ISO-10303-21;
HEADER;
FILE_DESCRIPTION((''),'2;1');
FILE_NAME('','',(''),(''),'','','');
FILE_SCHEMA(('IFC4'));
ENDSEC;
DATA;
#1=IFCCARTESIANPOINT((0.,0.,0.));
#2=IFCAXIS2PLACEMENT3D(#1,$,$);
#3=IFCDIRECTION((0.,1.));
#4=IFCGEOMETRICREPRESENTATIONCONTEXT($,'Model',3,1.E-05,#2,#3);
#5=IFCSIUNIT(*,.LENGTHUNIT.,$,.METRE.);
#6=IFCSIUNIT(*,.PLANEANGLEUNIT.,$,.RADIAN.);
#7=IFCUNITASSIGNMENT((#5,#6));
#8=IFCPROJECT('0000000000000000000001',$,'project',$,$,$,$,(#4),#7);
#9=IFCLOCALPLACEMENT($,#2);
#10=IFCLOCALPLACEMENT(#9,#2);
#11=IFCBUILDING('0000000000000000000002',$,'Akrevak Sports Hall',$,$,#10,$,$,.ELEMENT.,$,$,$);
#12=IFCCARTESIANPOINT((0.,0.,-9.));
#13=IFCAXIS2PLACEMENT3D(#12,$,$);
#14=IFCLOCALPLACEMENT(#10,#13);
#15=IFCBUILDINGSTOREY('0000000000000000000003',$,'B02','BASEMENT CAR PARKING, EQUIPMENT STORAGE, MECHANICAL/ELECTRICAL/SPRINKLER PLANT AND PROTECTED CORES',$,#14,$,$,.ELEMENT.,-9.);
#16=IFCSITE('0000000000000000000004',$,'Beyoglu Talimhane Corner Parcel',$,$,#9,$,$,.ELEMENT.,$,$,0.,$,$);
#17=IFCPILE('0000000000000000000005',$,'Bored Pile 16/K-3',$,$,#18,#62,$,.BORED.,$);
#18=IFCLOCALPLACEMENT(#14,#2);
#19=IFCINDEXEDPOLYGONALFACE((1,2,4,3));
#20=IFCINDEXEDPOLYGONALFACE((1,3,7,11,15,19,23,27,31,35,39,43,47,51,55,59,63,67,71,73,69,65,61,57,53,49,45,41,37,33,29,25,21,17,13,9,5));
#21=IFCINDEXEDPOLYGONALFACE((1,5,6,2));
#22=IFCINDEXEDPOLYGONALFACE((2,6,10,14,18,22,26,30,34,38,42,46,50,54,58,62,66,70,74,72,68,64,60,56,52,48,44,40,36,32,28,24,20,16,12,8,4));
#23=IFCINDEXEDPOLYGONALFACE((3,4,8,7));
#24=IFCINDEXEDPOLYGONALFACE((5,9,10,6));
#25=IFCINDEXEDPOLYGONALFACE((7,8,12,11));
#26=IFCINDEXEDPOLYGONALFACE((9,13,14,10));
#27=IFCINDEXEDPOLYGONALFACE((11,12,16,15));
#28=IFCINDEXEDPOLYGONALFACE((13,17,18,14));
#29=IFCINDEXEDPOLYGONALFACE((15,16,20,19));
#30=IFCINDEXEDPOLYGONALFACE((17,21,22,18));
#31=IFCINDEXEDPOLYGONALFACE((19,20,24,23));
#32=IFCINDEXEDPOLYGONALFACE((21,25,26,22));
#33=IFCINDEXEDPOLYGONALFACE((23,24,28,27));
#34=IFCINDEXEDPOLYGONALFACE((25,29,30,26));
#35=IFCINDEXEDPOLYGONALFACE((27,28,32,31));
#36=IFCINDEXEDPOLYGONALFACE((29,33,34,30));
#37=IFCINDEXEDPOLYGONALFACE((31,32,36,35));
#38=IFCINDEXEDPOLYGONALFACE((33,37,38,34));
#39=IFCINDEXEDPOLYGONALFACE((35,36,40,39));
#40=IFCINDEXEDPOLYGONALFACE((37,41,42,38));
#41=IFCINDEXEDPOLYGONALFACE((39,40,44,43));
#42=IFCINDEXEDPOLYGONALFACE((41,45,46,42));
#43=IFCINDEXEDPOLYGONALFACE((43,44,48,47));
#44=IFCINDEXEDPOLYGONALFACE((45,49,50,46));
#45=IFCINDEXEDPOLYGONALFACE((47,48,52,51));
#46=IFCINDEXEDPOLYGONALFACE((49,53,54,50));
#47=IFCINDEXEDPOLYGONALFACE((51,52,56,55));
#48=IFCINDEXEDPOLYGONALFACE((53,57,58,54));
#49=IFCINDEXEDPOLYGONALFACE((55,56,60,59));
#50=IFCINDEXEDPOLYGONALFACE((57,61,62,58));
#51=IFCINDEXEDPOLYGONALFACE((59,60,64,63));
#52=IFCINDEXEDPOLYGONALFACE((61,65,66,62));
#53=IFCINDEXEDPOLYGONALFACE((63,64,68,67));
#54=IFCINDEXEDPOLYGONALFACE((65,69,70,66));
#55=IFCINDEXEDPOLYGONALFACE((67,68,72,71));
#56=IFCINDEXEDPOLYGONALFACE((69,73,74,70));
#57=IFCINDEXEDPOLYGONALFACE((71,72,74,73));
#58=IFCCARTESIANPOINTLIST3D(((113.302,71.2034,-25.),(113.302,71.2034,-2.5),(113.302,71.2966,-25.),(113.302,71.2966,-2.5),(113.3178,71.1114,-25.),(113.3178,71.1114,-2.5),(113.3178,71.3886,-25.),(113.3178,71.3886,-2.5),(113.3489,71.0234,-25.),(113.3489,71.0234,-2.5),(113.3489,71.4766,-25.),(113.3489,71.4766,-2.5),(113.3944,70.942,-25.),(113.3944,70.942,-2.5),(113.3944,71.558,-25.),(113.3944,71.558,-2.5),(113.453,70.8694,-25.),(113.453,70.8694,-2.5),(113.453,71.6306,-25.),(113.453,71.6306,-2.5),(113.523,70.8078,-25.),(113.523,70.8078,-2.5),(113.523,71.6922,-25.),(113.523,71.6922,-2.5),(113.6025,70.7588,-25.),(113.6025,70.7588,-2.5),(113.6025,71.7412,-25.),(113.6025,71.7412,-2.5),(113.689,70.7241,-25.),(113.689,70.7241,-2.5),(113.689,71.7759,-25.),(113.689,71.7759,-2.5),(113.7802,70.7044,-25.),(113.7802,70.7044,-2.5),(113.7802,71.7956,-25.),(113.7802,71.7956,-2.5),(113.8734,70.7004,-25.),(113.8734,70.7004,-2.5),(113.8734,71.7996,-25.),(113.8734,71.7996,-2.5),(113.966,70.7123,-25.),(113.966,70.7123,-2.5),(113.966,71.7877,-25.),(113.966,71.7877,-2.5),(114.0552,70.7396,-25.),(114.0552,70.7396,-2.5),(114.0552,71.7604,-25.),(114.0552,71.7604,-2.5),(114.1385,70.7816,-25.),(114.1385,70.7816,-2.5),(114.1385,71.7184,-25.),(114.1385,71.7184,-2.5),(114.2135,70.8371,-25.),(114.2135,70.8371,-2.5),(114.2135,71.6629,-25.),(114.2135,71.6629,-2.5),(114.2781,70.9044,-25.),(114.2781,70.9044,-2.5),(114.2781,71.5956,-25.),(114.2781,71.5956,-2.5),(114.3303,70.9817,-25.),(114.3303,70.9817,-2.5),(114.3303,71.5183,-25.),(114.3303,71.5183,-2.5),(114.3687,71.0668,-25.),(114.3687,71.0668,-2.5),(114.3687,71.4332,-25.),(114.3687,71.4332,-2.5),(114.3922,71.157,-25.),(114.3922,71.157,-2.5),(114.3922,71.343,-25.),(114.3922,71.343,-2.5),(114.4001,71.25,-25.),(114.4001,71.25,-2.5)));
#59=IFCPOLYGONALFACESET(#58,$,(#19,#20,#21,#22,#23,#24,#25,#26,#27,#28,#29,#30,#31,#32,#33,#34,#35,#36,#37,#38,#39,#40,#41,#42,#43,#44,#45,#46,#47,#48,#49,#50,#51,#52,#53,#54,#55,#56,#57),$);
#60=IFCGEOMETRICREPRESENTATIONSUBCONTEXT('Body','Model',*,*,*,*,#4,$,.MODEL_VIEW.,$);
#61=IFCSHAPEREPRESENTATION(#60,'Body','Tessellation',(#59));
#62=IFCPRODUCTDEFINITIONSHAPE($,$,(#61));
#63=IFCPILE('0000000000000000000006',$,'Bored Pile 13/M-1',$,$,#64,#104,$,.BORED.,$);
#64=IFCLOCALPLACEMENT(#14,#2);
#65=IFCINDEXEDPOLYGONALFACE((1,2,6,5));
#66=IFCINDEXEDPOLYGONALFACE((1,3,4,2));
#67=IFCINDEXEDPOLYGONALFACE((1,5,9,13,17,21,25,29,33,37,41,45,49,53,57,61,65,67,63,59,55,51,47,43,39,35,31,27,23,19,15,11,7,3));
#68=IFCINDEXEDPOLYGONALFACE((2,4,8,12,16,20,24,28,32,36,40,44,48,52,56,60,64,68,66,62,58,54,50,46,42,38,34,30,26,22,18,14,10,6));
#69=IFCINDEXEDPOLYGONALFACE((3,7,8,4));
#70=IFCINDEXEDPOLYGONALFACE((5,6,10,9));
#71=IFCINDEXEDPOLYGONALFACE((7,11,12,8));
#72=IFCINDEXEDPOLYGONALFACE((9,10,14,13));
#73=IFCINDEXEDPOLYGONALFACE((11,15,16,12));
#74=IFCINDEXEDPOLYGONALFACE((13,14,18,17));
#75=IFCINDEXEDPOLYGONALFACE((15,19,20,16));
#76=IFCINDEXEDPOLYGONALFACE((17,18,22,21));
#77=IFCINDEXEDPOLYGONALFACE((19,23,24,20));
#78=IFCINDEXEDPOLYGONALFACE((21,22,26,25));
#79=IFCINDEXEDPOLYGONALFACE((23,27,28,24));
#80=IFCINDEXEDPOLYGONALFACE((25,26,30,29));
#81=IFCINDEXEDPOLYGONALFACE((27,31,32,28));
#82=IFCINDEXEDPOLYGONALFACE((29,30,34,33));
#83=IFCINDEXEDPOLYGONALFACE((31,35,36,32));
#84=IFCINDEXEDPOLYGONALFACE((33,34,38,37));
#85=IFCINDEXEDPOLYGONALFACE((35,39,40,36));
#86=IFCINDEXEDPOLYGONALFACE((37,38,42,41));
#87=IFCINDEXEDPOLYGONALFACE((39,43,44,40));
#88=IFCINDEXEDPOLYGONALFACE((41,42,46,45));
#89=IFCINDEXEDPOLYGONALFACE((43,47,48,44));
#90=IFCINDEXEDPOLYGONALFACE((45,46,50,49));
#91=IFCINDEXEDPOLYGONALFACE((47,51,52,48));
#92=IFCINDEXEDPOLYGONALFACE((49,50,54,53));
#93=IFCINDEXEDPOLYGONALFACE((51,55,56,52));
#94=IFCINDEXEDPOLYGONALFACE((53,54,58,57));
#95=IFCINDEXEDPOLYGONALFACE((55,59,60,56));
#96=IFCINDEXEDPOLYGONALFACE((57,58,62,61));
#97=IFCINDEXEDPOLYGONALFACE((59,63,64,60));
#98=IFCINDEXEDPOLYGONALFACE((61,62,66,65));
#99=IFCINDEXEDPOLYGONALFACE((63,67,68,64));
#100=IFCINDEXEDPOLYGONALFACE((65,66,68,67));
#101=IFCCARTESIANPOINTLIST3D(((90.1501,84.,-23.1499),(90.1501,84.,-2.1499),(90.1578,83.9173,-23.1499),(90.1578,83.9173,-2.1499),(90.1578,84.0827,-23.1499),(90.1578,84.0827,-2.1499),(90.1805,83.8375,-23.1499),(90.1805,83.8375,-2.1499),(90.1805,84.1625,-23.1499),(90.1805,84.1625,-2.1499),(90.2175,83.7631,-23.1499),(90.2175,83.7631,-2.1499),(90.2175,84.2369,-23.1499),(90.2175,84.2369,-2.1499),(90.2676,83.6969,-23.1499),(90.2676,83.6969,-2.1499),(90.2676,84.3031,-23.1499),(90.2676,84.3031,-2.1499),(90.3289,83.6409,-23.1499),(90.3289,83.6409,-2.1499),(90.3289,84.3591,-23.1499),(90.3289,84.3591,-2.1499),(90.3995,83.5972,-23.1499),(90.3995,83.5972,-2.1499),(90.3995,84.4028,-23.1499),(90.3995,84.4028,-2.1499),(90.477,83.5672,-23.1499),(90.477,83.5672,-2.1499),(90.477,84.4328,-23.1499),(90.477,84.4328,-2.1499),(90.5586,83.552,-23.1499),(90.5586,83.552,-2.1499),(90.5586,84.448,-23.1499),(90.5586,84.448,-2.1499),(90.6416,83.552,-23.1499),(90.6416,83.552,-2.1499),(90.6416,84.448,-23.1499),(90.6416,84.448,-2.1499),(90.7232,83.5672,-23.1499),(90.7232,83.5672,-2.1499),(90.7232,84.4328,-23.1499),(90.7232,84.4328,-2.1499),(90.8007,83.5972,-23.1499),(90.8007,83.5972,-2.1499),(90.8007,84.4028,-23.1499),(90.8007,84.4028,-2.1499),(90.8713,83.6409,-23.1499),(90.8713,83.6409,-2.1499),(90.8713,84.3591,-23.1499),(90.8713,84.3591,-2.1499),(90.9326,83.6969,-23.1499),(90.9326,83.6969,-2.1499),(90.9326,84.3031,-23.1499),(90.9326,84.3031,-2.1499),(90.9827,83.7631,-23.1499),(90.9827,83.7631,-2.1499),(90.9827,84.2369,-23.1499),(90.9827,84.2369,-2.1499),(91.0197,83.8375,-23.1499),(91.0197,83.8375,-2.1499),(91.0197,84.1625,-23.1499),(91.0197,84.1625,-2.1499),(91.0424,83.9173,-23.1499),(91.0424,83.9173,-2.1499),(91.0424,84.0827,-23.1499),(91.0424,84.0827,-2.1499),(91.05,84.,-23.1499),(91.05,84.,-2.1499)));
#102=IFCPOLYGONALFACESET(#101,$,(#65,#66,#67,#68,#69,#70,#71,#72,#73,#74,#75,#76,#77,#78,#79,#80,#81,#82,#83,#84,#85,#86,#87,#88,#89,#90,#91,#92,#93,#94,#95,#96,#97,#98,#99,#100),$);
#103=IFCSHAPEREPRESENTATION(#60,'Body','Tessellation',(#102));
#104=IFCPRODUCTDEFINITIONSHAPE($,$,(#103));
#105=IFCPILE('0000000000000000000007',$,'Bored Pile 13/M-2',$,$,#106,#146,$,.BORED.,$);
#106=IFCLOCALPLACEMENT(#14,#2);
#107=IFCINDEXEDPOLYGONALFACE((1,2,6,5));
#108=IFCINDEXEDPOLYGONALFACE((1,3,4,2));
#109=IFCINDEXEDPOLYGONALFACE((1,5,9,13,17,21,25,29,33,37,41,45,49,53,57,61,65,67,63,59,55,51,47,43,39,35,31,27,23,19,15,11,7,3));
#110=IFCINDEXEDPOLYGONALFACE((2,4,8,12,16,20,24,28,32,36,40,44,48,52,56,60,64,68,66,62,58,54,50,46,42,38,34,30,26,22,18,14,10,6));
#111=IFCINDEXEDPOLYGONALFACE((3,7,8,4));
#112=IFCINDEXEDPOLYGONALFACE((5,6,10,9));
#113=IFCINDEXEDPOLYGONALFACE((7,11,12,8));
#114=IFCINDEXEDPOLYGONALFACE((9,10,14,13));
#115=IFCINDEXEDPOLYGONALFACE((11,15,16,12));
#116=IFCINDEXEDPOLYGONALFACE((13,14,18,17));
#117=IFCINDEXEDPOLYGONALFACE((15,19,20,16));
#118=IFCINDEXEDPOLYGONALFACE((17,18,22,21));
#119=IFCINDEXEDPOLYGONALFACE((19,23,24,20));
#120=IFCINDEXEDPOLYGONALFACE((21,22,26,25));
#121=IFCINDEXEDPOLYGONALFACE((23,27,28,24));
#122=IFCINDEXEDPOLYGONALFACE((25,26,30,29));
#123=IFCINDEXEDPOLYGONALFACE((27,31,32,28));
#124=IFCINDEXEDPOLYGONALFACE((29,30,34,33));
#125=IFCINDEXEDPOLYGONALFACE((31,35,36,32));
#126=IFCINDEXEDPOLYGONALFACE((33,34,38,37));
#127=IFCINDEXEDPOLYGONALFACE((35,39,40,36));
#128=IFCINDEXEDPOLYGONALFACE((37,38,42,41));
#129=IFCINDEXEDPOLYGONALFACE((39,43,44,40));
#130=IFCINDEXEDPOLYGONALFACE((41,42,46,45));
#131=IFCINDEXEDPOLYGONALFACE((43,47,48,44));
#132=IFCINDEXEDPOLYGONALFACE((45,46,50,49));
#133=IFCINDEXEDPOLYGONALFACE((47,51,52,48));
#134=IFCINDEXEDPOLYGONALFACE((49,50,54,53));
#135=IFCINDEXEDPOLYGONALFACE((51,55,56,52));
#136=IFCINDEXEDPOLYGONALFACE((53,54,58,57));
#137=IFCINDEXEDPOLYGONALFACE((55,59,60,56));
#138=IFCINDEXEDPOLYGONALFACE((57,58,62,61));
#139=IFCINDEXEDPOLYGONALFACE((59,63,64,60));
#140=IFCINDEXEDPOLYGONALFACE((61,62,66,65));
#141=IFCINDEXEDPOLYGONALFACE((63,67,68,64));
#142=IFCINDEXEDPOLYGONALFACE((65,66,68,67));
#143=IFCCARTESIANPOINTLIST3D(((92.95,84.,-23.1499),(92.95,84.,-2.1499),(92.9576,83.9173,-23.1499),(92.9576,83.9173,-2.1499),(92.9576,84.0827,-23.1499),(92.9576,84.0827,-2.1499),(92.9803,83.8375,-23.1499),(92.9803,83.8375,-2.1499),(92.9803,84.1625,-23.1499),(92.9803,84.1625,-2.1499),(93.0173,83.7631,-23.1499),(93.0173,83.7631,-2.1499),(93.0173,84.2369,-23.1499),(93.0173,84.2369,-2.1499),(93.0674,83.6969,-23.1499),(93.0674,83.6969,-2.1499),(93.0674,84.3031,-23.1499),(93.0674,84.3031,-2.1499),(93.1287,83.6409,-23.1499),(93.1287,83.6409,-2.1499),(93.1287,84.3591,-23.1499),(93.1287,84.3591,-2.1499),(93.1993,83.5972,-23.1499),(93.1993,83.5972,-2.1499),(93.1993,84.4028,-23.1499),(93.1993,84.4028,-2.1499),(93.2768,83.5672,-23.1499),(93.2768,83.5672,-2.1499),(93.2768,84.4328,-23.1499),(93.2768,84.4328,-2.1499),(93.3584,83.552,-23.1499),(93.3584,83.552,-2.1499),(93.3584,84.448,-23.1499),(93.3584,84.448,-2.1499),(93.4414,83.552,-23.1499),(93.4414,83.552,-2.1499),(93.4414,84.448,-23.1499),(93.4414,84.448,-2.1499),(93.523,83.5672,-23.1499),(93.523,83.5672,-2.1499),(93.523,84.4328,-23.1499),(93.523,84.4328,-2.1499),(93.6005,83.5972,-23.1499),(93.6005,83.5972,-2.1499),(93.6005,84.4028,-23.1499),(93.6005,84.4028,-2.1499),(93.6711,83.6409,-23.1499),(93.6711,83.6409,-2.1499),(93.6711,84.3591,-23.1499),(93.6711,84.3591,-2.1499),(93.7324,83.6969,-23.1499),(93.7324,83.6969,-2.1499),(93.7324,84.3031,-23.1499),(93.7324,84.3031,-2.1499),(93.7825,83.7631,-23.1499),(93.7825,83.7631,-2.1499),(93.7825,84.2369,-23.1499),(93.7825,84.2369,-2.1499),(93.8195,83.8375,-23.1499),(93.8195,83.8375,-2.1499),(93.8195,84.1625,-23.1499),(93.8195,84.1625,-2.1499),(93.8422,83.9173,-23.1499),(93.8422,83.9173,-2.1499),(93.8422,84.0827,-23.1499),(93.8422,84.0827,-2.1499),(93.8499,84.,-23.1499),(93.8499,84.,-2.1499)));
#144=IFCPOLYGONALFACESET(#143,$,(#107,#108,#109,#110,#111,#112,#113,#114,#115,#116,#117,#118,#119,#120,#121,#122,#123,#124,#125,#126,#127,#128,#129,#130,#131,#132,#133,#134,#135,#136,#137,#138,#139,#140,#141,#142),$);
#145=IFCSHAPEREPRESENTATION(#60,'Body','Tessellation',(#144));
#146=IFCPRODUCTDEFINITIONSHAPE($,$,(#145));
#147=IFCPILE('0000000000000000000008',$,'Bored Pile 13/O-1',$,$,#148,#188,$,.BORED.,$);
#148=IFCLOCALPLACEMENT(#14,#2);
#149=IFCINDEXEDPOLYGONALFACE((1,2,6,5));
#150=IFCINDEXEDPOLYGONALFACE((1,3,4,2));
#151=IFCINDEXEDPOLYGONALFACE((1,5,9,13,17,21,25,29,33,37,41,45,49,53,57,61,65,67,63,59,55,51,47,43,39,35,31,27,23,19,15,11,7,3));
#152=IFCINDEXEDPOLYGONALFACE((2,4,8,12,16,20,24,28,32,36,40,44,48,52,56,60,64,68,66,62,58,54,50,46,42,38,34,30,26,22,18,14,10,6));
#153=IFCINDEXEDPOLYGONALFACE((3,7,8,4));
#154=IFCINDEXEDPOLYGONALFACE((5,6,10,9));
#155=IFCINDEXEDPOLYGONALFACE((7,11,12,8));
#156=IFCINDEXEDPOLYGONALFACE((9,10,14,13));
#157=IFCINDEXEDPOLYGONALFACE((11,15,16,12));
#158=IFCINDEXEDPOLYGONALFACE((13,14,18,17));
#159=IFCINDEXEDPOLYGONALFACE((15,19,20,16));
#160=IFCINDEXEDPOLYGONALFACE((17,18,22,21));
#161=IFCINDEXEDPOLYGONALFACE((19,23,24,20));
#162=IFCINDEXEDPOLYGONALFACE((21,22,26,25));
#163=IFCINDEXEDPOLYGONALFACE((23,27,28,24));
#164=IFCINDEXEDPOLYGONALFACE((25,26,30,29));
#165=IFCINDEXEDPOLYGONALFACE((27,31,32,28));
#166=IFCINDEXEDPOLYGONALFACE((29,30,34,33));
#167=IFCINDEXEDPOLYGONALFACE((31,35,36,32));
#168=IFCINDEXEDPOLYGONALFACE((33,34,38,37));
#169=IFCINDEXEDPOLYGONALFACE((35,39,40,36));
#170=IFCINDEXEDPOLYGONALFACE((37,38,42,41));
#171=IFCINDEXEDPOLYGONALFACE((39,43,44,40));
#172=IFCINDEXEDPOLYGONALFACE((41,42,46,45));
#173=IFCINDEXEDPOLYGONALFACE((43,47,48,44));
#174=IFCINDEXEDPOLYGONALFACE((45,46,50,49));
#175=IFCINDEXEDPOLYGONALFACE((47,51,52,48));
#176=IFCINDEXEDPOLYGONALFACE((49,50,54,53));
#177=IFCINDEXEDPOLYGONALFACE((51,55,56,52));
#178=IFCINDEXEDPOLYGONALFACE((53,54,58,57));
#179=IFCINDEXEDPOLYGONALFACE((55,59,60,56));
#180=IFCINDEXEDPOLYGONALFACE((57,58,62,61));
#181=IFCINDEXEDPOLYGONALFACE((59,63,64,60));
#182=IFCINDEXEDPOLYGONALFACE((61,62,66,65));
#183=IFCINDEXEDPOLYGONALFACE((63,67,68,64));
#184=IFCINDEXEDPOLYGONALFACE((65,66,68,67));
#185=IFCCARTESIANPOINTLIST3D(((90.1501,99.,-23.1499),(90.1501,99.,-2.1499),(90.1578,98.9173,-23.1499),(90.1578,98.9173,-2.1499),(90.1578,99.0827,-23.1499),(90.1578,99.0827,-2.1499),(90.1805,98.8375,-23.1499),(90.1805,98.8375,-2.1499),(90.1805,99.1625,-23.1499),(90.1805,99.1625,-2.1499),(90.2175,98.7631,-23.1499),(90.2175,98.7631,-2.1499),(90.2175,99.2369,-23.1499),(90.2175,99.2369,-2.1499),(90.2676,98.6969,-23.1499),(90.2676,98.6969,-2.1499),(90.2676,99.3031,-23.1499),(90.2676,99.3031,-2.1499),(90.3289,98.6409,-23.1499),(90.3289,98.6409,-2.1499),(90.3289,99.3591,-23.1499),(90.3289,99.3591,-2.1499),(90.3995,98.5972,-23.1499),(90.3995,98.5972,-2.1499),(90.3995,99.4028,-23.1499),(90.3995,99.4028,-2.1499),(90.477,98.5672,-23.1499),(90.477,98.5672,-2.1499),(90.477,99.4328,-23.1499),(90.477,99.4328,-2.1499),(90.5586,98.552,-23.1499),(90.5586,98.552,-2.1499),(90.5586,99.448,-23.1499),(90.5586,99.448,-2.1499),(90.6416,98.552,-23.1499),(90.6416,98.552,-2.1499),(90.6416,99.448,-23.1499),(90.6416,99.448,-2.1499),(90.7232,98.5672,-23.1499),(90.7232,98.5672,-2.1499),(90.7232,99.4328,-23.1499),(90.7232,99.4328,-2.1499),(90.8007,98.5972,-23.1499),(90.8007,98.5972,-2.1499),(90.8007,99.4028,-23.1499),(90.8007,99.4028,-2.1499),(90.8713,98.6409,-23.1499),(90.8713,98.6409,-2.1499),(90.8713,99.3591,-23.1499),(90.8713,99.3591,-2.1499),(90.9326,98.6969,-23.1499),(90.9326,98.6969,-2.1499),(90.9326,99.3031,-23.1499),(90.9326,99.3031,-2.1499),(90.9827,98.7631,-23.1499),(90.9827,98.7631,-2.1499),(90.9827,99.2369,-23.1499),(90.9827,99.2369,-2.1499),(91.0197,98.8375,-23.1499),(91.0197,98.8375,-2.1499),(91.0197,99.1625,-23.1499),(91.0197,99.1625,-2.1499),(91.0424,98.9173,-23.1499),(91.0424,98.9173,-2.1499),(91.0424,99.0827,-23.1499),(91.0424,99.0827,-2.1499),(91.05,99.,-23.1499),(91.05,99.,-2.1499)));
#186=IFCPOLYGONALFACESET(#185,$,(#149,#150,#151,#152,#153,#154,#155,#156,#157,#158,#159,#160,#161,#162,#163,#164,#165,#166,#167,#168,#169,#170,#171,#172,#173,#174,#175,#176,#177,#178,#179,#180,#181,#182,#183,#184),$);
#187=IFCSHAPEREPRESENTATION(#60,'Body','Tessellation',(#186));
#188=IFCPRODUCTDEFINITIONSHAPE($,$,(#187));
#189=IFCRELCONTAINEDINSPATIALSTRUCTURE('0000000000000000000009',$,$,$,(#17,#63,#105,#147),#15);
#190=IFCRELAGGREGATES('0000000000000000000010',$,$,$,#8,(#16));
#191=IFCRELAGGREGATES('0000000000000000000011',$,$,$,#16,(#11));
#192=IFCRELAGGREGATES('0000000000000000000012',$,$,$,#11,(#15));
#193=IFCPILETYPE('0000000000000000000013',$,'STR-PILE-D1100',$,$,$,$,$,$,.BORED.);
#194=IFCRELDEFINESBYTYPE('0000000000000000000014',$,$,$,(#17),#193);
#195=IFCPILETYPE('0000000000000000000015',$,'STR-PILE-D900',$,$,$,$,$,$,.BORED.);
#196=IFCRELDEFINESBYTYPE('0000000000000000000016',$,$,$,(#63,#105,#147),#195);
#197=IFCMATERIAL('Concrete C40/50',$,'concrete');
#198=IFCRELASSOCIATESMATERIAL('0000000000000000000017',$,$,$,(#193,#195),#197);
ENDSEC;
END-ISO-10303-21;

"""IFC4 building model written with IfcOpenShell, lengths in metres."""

from ifc_helpers import new_model, si_unit, direction, frame, origin, origin_2d, place, context, subcontext, project, spatial, circle, extrude, material, material_profile, profile_set, type_object, element, save


model = new_model("IFC4")

# Units and contexts
model_context = context("Model", 3, precision=1e-05, world=origin(), true_north=direction((0.0, 1.0)))
body_context = subcontext(model_context, "Body", "Model", "MODEL_VIEW")
ifc_project = project(units=[si_unit("LENGTHUNIT", "METRE"), si_unit("PLANEANGLEUNIT", "RADIAN")], contexts=[model_context])

# Site, building, storey
site_placement = place(None, origin())
site = spatial("IfcSite", under=ifc_project, at=site_placement, Name="Beyoglu Talimhane Corner Parcel", CompositionType="ELEMENT", RefElevation=0.0)
building_placement = place(site_placement, origin())
building = spatial("IfcBuilding", under=site, at=building_placement, Name="Akrevak Sports Hall", CompositionType="ELEMENT")
storey_placement = place(building_placement, frame((0.0, 0.0, -9.0)))
storey = spatial("IfcBuildingStorey", under=building, at=storey_placement, Name="B02", Description="BASEMENT CAR PARKING, EQUIPMENT STORAGE, MECHANICAL/ELECTRICAL/SPRINKLER PLANT AND PROTECTED CORES", CompositionType="ELEMENT", Elevation=-9.0)

# Shared definitions
ifc_material_1 = material(Name="Concrete C40/50", Category="concrete")

# Piles
ifc_material_profile_1 = material_profile(ifc_material_1, circle(Radius=0.55, at=origin_2d()), Name="BORED PILE D1100", Category="concrete")
ifc_profile_set_1 = profile_set([ifc_material_profile_1], Name="Concrete C40/50")
pile_type_1 = type_object("IfcPileType", Name="STR-PILE-D1100", PredefinedType="BORED", material=ifc_profile_set_1)
pile_placement = place(storey_placement, frame((113.8501, 71.25, -2.5), z_axis=(0.0, 0.0, -1.0), x_axis=(1.0, 0.0, 0.0)))
element("IfcPile", 1, at=pile_placement, inside=storey, type_object=pile_type_1, Name="Bored Pile 16/K-3", PredefinedType="BORED", context=body_context, shape_type="SweptSolid", body=[
    extrude(circle(Radius=0.55, at=origin_2d()), origin(), (0.0, 0.0, 1.0), 22.5),
])
ifc_material_profile_2 = material_profile(ifc_material_1, circle(Radius=0.45, at=origin_2d()), Name="BORED PILE D900", Category="concrete")
ifc_profile_set_2 = profile_set([ifc_material_profile_2], Name="Concrete C40/50")
pile_type_2 = type_object("IfcPileType", Name="STR-PILE-D900", PredefinedType="BORED", material=ifc_profile_set_2)
for number, where, z_axis, x_axis, name in (
    (2, (90.6001, 84.0, -2.1499), (0.0, 0.0, -1.0), (1.0, 0.0, 0.0), "Bored Pile 13/M-1"),
    (3, (93.3999, 84.0, -2.1499), (0.0, 0.0, -1.0), (1.0, 0.0, 0.0), "Bored Pile 13/M-2"),
    (4, (90.6001, 99.0, -2.1499), (0.0, 0.0, -1.0), (1.0, 0.0, 0.0), "Bored Pile 13/O-1"),
):
    element("IfcPile", number, at=place(storey_placement, frame(where, z_axis=z_axis, x_axis=x_axis)), inside=storey, type_object=pile_type_2, Name=name, PredefinedType="BORED", context=body_context, shape_type="SweptSolid", body=[
        extrude(circle(Radius=0.45, at=origin_2d()), origin(), (0.0, 0.0, 1.0), 21.0),
    ])

save(model, "model.ifc")
